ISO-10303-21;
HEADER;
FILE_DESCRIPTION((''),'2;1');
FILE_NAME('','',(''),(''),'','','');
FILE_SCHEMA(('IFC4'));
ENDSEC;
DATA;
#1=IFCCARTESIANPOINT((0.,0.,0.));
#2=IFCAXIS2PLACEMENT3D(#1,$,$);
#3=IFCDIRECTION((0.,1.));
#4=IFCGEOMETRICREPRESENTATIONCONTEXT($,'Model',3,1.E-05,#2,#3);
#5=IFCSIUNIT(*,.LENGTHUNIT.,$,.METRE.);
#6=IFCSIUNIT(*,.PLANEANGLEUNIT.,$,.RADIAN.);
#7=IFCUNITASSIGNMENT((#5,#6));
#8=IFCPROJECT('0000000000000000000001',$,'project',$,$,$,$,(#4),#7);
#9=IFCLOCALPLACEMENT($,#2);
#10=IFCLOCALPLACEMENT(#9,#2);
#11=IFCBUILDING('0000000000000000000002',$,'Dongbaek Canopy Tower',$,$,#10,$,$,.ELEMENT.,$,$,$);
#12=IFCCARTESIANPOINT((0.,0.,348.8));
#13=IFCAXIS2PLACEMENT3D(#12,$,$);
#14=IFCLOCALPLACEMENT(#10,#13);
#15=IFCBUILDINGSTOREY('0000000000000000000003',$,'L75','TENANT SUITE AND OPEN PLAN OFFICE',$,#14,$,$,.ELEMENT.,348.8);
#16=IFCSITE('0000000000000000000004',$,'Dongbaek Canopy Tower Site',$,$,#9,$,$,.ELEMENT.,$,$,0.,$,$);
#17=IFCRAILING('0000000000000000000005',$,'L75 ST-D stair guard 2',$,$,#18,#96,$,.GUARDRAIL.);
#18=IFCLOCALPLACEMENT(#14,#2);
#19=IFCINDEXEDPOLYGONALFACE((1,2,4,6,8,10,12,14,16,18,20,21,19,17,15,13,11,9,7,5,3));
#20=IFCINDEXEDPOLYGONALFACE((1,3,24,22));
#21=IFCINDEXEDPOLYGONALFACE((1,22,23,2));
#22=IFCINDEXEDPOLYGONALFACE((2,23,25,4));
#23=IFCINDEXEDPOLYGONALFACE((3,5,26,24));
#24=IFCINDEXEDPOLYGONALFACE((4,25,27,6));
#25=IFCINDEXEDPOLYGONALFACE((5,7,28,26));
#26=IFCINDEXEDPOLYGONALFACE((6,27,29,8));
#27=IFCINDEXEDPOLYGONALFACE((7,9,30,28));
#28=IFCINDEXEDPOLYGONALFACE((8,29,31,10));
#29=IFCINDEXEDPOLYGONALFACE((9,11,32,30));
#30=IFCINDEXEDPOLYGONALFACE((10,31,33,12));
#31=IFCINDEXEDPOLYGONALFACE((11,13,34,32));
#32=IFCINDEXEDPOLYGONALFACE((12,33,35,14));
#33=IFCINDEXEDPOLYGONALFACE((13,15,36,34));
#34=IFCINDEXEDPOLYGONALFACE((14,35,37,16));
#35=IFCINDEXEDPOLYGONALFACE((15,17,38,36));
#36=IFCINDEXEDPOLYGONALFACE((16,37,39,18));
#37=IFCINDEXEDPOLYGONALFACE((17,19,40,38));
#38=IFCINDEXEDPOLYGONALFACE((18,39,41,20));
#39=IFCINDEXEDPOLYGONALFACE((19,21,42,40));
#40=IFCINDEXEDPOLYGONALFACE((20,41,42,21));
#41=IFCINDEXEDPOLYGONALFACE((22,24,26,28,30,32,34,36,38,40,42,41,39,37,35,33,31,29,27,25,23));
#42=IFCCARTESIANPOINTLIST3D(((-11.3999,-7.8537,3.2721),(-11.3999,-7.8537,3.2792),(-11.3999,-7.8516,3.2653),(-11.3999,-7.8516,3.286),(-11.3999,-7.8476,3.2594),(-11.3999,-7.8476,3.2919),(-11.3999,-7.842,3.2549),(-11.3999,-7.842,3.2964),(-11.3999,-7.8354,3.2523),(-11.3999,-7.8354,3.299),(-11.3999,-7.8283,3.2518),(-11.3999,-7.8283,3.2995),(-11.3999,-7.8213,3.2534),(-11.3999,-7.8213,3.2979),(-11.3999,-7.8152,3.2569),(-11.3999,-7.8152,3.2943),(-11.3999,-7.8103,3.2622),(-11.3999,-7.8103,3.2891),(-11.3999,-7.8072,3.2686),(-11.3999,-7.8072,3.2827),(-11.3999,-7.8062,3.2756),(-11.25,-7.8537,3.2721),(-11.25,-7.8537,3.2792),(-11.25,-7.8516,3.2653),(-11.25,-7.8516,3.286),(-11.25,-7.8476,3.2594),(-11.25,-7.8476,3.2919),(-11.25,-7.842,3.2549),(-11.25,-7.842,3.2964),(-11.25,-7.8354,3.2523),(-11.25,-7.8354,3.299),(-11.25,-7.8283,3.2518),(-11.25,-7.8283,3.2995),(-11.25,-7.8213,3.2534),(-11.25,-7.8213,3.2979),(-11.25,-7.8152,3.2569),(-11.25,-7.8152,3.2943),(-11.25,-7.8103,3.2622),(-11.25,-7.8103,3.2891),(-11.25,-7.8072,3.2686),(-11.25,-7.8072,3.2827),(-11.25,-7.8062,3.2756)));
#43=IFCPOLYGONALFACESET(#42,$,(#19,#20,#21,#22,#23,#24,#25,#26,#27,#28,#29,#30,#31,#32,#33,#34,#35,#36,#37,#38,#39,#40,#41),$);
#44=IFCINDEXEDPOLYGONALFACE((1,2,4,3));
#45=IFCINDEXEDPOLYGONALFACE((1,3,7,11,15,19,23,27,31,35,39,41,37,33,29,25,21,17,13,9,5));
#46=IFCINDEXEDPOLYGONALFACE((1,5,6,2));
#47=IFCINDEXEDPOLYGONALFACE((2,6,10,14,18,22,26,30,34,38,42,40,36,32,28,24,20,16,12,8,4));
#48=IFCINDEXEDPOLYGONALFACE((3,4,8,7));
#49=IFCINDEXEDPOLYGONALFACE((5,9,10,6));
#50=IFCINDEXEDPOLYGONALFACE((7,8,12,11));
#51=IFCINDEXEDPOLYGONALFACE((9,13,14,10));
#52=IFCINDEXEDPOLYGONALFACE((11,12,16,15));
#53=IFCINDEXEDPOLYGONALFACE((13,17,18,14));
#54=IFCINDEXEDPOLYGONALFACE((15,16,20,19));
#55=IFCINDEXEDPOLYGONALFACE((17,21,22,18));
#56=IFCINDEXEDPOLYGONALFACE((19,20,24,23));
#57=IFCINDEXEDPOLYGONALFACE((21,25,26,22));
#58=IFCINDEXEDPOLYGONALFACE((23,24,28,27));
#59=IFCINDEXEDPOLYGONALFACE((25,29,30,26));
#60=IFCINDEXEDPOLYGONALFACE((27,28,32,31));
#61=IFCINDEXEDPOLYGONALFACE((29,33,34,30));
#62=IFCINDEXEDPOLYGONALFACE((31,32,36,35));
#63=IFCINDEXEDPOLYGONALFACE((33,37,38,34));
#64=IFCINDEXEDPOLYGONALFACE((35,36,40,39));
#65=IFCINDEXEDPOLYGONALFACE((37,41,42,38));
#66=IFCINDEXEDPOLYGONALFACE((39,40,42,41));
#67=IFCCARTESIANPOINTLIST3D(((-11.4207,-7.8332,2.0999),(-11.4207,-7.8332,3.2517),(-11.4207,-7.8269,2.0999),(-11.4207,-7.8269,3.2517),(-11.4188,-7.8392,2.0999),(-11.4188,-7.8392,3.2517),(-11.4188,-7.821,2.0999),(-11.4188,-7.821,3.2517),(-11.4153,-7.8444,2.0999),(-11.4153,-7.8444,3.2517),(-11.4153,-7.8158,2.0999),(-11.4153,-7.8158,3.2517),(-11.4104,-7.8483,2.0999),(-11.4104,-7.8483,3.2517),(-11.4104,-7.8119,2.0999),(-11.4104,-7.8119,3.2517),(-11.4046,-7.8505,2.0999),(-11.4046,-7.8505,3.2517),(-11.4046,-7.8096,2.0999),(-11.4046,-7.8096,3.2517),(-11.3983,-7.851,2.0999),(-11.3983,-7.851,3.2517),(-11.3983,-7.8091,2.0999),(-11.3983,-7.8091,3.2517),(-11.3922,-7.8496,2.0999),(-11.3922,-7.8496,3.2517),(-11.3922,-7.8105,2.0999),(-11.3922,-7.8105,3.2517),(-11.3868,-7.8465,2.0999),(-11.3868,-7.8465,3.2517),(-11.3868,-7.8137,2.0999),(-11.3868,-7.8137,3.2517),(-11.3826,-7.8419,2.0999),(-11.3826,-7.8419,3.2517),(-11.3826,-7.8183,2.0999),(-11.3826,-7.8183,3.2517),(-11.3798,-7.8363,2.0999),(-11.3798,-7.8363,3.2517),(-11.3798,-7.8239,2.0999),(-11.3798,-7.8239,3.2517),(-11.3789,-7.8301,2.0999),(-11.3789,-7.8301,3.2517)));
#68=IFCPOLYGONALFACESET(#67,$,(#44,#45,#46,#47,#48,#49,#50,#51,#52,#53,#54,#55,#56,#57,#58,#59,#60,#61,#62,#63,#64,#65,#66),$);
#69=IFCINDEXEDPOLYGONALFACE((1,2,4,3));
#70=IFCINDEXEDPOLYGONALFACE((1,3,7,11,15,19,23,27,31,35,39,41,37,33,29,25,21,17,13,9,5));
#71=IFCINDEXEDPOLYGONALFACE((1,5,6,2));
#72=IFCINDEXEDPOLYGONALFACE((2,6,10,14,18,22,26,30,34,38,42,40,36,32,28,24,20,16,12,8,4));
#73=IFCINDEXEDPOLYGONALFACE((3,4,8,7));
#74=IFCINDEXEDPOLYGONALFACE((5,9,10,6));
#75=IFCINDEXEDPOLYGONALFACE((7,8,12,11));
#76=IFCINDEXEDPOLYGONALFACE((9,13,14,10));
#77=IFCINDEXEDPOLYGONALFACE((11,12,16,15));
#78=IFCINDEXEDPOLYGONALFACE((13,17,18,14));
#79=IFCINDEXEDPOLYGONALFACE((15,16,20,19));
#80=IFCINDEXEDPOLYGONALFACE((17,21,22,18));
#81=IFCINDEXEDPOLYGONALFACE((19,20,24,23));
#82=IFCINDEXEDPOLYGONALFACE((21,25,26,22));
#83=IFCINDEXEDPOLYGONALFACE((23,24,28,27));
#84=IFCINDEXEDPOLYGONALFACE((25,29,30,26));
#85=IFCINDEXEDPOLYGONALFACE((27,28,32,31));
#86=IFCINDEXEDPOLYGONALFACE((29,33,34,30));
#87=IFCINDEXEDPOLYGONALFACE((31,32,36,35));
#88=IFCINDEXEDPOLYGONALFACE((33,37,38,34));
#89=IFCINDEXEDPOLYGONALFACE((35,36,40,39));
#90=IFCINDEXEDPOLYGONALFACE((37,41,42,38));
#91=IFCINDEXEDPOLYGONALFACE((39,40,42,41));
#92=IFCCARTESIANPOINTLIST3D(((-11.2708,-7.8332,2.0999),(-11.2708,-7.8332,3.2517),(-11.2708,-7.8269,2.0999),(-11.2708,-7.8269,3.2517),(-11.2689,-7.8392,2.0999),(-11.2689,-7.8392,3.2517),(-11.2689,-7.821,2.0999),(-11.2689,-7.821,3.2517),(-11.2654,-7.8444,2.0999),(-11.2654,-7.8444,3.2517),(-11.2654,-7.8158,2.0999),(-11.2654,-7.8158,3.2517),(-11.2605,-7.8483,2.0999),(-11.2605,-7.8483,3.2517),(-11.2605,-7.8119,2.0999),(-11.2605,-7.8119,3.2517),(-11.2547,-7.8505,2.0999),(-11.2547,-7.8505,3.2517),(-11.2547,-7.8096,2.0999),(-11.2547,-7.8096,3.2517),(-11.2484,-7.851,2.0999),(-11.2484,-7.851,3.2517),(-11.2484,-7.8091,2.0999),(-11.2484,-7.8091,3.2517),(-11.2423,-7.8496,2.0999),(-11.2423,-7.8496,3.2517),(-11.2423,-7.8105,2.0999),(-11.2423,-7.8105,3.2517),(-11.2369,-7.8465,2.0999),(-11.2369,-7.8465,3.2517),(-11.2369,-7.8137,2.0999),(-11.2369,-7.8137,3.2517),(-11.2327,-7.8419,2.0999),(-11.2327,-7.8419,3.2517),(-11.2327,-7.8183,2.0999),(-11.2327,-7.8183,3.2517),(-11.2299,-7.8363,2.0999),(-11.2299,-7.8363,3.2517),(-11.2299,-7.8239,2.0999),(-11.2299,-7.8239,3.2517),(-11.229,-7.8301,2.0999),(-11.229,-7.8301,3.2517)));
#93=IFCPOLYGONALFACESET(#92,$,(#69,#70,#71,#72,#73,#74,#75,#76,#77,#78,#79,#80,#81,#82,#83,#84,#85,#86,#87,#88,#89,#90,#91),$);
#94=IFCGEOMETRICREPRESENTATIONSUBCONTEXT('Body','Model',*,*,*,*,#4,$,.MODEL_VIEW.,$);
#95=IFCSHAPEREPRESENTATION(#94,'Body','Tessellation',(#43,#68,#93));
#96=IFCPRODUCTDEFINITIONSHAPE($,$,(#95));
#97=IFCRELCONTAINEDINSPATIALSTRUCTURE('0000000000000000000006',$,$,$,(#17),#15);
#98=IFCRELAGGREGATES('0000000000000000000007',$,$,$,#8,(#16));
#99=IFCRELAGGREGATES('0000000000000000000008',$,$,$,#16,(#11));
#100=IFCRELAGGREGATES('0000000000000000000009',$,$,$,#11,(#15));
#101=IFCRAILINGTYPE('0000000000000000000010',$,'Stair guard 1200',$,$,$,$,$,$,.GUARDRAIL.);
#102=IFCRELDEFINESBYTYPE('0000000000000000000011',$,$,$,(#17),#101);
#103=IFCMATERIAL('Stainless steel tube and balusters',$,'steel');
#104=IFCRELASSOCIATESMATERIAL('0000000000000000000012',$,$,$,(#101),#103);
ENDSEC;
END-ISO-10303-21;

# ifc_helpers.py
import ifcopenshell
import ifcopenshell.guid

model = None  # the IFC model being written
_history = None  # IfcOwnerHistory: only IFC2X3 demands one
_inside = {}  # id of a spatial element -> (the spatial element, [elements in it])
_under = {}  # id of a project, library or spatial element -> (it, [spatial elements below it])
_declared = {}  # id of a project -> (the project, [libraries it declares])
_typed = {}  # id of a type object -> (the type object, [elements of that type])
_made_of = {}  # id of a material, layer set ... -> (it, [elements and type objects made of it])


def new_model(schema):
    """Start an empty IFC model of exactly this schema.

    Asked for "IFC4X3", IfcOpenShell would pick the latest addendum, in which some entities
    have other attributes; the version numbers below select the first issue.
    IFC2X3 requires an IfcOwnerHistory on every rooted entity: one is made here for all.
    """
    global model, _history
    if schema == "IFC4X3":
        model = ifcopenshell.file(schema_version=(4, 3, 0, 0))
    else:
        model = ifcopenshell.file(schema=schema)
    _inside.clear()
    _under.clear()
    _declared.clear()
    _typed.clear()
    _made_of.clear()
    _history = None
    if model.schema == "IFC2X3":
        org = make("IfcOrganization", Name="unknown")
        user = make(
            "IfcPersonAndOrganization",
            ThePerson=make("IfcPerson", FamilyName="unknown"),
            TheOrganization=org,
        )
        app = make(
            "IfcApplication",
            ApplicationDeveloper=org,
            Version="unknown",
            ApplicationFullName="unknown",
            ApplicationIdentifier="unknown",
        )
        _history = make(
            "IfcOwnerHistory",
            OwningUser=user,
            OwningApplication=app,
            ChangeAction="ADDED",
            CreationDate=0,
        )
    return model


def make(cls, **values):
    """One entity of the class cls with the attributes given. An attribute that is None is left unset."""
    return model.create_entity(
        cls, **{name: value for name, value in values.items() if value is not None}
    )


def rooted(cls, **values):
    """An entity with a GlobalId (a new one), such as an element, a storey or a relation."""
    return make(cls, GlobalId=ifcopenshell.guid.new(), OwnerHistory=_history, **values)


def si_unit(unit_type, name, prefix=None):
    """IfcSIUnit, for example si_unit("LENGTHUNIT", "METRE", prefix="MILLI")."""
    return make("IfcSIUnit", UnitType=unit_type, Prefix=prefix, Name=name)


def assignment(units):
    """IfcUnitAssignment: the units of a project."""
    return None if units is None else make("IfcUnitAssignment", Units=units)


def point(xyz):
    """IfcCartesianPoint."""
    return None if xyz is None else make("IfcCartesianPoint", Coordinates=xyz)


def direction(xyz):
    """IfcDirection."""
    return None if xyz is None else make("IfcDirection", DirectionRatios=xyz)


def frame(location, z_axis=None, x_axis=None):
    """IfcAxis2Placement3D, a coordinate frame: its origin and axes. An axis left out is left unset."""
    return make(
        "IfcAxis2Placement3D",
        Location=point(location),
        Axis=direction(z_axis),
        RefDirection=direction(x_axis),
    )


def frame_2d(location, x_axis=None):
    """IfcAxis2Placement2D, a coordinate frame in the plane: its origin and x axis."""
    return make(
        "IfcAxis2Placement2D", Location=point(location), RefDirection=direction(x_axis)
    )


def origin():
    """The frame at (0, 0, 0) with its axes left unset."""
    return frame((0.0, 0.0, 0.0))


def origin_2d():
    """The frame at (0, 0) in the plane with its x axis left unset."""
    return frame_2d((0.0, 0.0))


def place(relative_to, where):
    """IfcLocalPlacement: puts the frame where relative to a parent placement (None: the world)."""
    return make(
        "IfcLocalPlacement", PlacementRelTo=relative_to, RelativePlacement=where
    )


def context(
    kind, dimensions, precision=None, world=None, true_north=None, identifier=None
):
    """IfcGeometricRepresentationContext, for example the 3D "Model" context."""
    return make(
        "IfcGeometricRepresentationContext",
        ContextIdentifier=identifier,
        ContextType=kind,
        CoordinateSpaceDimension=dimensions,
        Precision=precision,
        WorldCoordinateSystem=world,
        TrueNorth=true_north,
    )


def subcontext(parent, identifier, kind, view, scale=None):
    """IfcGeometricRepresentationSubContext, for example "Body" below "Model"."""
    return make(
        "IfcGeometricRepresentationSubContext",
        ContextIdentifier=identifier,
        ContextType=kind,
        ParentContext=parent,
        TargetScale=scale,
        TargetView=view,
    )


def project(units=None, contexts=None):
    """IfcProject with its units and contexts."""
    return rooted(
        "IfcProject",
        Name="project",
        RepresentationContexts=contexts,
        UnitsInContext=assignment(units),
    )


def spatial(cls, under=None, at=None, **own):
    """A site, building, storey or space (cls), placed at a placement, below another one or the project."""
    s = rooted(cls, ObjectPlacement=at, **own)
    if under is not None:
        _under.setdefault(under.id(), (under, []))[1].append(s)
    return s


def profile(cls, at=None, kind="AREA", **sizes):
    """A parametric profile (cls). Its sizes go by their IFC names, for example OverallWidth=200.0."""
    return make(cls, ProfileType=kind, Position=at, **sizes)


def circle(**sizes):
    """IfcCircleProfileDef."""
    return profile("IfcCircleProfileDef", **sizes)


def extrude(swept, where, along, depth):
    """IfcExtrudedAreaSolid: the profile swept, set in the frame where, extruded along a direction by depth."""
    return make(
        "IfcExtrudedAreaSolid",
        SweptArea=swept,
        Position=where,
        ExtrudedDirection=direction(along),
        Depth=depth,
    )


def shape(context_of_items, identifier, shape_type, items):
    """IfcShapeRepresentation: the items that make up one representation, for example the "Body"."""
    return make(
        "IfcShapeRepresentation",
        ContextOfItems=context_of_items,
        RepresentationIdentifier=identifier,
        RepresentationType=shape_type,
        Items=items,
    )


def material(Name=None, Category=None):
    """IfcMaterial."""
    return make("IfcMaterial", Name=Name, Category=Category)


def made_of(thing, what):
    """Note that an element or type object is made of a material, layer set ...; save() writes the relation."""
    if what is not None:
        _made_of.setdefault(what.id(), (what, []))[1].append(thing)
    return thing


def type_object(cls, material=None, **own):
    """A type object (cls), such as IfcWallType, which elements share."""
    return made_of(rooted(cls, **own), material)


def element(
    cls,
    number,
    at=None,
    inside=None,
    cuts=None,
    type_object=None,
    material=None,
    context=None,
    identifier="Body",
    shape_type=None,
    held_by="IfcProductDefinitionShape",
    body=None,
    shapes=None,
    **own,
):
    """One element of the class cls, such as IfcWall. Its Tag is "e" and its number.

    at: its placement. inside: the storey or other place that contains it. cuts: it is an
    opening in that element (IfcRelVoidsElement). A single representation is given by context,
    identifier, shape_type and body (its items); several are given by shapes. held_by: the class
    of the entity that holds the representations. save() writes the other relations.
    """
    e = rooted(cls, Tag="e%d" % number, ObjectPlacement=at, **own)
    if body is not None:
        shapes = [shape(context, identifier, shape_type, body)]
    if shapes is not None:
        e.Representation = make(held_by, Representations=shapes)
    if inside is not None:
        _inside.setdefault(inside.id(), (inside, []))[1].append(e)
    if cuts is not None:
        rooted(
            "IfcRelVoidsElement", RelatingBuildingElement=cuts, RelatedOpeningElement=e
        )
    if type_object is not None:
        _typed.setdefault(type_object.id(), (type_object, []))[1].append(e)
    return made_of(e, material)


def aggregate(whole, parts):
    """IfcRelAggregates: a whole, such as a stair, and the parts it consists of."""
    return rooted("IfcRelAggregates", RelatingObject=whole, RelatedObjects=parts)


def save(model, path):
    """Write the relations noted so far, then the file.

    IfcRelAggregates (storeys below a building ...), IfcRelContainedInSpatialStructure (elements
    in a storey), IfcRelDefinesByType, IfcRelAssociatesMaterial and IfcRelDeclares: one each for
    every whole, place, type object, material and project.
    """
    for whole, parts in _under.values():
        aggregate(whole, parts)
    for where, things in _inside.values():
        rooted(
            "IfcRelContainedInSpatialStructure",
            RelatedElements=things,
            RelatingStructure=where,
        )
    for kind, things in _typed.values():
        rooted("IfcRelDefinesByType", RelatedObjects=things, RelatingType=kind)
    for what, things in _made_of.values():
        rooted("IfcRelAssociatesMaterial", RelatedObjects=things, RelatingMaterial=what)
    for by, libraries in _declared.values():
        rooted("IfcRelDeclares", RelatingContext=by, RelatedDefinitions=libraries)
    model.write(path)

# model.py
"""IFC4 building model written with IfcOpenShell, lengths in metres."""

from ifc_helpers import new_model, si_unit, direction, frame, origin, origin_2d, place, context, subcontext, project, spatial, circle, extrude, material, type_object, element, save


model = new_model("IFC4")

# Units and contexts
model_context = context("Model", 3, precision=1e-05, world=origin(), true_north=direction((0.0, 1.0)))
body_context = subcontext(model_context, "Body", "Model", "MODEL_VIEW")
ifc_project = project(units=[si_unit("LENGTHUNIT", "METRE"), si_unit("PLANEANGLEUNIT", "RADIAN")], contexts=[model_context])

# Site, building, storey
site_placement = place(None, origin())
site = spatial("IfcSite", under=ifc_project, at=site_placement, Name="Dongbaek Canopy Tower Site", CompositionType="ELEMENT", RefElevation=0.0)
building_placement = place(site_placement, origin())
building = spatial("IfcBuilding", under=site, at=building_placement, Name="Dongbaek Canopy Tower", CompositionType="ELEMENT")
storey_placement = place(building_placement, frame((0.0, 0.0, 348.8)))
storey = spatial("IfcBuildingStorey", under=building, at=storey_placement, Name="L75", Description="TENANT SUITE AND OPEN PLAN OFFICE", CompositionType="ELEMENT", Elevation=348.8)

# Railing
ifc_material_1 = material(Name="Stainless steel tube and balusters", Category="steel")
railing_type_1 = type_object("IfcRailingType", Name="Stair guard 1200", PredefinedType="GUARDRAIL", material=ifc_material_1)
railing_1_placement = place(storey_placement, frame((-11.3999, -7.8301, 2.0999)))
element("IfcRailing", 1, at=railing_1_placement, inside=storey, type_object=railing_type_1, Name="L75 ST-D stair guard 2", PredefinedType="GUARDRAIL", context=body_context, shape_type="SweptSolid", body=[
    extrude(circle(Radius=0.0239, at=origin_2d()), frame((0.0, 0.0, 1.1758), z_axis=(1.0, 0.0, 0.0), x_axis=(0.0, 1.0, 0.0)), (0.0, 0.0, 1.0), 0.1499),
    extrude(circle(Radius=0.021, at=origin_2d()), origin(), (0.0, 0.0, 1.0), 1.1519),
    extrude(circle(Radius=0.021, at=origin_2d()), frame((0.1499, 0.0, 0.0)), (0.0, 0.0, 1.0), 1.1519),
])

save(model, "model.ifc")
